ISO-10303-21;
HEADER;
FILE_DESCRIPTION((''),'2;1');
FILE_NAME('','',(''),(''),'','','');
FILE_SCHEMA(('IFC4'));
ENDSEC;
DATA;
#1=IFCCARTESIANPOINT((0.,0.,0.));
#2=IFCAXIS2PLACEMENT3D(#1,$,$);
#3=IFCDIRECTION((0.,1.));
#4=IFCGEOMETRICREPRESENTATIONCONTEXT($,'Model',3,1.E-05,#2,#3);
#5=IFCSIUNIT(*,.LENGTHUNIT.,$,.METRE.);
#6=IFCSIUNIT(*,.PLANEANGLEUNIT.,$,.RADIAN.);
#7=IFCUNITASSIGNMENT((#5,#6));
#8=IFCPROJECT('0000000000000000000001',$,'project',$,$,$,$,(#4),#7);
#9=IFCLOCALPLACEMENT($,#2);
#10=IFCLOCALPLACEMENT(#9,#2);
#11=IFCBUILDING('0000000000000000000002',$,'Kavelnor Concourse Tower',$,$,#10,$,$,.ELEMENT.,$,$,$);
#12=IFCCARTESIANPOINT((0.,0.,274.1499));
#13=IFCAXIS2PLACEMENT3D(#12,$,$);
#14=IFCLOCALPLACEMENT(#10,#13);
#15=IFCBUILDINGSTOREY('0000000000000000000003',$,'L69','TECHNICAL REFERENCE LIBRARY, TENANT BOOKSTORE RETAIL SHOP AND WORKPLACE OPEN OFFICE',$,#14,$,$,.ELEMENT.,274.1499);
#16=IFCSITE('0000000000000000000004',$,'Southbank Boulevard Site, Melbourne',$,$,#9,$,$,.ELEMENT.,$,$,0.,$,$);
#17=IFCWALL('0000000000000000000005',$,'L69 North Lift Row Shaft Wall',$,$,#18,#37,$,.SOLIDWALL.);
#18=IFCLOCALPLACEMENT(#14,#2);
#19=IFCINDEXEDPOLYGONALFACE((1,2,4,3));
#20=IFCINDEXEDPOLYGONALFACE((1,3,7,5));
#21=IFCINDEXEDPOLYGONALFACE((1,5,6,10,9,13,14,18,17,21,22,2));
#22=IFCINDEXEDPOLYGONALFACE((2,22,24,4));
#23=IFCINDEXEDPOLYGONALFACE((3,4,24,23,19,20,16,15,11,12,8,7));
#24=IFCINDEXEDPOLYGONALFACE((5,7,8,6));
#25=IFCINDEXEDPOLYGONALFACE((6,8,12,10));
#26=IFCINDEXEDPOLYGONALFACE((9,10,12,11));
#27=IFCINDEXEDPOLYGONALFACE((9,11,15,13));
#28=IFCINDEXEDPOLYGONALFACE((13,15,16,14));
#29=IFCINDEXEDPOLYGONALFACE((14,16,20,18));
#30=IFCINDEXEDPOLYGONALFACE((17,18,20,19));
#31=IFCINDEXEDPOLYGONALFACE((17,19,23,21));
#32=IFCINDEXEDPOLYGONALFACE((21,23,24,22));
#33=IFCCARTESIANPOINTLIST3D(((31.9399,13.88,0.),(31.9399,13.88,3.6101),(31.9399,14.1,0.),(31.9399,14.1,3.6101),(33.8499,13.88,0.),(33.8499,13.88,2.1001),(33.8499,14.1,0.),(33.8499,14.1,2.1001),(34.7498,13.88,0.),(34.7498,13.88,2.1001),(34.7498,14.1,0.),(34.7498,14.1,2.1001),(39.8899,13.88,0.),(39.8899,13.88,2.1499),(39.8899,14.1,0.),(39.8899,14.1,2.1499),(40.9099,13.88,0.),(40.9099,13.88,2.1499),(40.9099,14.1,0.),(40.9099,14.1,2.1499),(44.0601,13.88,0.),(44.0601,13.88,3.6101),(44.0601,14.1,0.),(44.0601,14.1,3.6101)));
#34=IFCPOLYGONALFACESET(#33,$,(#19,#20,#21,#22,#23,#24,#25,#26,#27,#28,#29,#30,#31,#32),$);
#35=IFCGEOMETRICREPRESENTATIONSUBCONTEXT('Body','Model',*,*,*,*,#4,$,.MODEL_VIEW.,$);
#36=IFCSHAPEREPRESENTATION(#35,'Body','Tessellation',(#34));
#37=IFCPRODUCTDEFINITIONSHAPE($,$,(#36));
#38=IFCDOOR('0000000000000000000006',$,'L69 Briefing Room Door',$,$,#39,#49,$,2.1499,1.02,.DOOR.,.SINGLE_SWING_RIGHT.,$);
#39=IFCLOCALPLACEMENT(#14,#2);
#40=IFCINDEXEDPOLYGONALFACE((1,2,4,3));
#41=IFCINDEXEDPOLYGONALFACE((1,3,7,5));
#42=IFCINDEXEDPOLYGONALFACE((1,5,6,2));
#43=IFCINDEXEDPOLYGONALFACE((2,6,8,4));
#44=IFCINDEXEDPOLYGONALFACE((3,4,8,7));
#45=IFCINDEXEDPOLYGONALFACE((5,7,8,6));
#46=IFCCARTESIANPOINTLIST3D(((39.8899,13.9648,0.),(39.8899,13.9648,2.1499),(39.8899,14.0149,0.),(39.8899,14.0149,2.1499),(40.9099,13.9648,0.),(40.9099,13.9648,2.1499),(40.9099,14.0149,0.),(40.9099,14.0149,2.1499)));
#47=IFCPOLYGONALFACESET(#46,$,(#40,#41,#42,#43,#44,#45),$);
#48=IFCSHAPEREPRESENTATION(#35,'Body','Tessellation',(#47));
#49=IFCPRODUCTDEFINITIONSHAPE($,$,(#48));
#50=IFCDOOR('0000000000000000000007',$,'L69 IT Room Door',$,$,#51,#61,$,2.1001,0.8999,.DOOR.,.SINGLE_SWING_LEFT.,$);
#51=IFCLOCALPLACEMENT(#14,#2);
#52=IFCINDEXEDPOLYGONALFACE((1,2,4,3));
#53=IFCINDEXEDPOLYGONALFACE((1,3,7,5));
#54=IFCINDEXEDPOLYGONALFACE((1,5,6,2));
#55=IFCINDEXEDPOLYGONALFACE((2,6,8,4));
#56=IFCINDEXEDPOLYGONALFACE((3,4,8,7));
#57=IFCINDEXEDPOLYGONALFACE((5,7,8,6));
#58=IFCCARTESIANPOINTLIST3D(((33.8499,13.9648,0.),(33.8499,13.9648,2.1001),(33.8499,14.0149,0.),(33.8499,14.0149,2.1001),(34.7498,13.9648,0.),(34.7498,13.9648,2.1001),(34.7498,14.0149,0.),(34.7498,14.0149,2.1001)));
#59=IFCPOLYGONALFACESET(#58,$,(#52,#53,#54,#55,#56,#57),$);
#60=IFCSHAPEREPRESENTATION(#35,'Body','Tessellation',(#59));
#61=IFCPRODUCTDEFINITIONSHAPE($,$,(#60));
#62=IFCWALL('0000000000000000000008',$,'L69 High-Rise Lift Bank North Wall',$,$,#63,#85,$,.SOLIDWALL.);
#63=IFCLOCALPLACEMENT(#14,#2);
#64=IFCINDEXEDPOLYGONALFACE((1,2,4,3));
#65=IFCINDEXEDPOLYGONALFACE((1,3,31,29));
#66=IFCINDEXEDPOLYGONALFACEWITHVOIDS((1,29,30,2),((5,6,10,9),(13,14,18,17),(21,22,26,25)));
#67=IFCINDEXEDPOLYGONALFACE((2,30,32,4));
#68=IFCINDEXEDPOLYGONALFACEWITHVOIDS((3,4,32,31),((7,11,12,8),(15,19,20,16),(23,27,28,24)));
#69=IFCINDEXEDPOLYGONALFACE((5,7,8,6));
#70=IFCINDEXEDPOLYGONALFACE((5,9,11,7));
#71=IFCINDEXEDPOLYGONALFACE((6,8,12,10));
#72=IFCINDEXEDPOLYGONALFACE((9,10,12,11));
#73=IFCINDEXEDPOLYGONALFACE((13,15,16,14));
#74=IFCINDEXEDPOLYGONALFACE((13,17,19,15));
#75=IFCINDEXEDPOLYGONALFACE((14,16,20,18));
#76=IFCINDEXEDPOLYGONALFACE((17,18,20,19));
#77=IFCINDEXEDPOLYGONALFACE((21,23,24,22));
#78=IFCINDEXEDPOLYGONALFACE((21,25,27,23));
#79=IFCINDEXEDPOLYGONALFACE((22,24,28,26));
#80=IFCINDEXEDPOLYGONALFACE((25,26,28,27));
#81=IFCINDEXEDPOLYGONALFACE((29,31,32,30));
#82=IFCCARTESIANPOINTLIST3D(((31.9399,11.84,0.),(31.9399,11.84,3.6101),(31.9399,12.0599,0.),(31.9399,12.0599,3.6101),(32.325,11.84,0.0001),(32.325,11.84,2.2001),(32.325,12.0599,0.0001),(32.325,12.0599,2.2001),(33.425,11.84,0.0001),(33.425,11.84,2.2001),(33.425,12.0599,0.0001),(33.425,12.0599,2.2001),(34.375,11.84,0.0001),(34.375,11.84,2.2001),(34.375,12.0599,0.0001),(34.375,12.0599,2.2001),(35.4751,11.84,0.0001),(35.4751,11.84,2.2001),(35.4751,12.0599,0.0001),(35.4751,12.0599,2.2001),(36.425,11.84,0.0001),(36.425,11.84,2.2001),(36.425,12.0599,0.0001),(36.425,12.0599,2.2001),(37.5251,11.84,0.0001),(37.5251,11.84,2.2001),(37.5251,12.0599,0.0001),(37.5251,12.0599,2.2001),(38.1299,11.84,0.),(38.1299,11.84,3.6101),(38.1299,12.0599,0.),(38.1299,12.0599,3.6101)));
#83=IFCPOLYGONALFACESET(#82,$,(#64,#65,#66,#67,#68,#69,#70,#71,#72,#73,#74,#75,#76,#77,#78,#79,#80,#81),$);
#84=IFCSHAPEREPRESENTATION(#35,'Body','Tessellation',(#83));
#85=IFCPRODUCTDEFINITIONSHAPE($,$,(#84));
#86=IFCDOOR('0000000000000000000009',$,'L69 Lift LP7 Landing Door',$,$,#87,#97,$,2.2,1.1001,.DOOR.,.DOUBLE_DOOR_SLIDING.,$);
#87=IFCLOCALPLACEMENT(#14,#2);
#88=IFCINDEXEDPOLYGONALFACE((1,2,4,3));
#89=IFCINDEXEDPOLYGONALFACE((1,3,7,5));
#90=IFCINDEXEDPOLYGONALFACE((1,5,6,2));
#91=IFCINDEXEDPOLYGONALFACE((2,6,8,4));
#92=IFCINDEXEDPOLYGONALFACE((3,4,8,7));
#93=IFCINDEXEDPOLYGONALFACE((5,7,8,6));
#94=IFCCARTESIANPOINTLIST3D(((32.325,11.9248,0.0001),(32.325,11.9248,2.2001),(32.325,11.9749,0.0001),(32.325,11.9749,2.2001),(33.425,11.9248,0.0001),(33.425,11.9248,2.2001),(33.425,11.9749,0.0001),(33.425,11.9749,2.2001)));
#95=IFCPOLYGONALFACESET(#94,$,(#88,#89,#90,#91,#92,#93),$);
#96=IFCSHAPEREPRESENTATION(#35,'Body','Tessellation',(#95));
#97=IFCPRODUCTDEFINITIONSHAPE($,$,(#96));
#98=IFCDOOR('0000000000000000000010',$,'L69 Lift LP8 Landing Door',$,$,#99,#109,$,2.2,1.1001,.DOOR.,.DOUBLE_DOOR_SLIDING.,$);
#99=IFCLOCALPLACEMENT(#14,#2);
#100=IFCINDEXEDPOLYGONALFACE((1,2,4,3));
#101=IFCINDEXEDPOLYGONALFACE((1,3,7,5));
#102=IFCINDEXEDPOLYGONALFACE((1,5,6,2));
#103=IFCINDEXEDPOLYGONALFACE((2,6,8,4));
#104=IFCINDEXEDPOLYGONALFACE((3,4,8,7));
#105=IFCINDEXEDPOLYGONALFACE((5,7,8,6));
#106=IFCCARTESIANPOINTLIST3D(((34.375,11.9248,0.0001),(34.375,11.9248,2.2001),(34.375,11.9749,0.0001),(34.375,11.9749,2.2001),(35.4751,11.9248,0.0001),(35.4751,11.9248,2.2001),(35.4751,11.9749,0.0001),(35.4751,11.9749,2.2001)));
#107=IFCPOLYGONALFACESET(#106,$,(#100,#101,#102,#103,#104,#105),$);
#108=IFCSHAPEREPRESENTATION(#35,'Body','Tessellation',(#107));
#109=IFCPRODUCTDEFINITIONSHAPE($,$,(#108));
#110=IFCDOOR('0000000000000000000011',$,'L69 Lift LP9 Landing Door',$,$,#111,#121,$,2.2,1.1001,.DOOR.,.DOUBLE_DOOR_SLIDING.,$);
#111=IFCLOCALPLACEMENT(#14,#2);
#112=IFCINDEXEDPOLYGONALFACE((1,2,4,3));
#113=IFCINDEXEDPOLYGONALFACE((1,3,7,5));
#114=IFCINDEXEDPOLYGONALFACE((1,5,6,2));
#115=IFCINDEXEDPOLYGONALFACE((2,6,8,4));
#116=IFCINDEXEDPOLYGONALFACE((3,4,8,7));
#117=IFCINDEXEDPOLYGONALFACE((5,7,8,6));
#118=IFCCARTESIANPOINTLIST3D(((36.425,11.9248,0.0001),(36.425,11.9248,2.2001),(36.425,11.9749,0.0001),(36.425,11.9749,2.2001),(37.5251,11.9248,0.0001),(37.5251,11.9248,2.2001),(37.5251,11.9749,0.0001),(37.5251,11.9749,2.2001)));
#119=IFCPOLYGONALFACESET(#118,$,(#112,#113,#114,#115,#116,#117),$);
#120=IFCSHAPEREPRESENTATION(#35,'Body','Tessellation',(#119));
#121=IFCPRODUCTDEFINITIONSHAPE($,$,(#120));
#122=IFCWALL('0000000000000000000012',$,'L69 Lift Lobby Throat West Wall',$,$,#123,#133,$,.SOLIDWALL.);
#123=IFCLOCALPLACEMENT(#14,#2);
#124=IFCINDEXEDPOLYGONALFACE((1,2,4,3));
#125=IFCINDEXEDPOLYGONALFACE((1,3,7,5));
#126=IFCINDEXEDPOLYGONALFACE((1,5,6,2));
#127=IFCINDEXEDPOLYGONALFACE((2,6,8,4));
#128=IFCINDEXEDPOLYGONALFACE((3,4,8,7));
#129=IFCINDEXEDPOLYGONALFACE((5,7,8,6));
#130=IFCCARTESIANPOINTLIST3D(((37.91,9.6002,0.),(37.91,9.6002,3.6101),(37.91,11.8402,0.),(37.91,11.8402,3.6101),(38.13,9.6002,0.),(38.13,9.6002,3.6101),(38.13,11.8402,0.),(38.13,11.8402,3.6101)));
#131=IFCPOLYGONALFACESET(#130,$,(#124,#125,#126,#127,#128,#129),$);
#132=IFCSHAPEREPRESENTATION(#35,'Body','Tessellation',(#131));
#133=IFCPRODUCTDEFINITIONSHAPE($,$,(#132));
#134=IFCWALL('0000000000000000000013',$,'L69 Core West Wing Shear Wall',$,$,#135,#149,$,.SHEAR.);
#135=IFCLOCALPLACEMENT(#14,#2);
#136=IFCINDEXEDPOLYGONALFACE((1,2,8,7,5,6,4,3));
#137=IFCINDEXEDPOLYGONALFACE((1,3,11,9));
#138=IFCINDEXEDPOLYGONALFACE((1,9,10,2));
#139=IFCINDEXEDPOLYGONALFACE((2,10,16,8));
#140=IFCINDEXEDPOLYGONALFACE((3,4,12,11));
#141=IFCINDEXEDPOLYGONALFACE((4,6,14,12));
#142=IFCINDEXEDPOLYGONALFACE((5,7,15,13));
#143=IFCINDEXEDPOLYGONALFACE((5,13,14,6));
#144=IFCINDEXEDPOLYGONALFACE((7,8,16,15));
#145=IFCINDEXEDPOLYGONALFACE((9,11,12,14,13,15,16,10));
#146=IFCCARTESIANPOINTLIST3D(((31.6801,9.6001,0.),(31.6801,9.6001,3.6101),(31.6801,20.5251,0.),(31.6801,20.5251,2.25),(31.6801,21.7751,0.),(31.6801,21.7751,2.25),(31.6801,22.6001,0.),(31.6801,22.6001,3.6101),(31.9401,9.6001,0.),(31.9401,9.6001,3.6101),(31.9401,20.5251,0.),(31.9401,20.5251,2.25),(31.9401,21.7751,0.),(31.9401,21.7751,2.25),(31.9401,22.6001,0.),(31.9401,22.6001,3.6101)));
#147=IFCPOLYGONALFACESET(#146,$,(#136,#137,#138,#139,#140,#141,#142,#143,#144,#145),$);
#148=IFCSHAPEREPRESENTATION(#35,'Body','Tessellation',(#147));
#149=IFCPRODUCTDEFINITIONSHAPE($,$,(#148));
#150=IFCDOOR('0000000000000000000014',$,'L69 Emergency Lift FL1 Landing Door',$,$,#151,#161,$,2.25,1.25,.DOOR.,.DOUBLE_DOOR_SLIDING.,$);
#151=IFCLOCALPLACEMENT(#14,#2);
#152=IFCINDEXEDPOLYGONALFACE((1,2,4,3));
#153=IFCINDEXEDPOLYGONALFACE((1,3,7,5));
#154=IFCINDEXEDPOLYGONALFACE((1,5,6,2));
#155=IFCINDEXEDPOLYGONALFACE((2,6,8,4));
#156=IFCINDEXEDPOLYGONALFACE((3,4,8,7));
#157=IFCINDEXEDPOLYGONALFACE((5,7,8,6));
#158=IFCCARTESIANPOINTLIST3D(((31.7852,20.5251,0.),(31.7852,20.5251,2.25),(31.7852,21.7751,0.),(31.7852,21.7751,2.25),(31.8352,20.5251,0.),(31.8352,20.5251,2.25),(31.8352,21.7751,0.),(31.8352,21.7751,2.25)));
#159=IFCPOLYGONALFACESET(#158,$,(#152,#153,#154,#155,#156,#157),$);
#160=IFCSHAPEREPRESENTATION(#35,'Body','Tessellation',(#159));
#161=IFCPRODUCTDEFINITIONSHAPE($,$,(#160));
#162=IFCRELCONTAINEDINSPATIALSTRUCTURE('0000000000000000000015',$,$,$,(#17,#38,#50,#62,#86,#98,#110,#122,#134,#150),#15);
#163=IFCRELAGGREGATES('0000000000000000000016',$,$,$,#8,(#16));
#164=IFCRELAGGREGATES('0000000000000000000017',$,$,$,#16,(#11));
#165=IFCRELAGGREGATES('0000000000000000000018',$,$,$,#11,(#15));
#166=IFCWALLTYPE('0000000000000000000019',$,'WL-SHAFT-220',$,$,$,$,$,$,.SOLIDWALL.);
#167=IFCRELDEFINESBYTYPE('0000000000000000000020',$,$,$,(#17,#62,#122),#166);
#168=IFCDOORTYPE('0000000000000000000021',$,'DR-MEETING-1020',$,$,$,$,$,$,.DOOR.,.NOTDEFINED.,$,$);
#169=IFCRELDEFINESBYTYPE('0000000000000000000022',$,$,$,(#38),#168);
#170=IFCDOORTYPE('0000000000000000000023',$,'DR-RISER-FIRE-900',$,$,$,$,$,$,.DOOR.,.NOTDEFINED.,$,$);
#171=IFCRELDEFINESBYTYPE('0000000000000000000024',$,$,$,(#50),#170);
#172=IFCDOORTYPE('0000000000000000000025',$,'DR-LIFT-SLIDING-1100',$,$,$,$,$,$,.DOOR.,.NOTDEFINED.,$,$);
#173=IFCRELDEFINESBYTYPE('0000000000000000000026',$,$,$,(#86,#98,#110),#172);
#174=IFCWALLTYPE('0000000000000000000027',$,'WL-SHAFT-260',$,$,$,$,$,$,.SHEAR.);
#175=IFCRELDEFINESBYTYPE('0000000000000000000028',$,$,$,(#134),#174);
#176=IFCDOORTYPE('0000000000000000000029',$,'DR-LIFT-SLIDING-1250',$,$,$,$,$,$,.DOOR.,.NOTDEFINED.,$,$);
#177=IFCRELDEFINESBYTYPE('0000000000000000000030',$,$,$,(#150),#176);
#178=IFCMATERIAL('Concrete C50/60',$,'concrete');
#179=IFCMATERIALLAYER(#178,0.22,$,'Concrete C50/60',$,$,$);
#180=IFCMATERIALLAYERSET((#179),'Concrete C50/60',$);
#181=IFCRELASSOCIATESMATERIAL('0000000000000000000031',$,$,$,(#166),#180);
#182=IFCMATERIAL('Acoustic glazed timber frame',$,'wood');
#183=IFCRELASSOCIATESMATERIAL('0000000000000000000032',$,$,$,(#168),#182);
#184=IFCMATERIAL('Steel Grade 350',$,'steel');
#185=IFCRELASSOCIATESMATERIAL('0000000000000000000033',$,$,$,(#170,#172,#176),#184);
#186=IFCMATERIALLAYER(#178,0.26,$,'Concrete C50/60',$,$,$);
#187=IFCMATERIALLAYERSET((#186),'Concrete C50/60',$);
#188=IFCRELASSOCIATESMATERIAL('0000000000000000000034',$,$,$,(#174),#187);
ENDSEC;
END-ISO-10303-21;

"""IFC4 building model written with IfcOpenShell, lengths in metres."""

from ifc_helpers import new_model, si_unit, direction, frame, frame_2d, origin, place, context, subcontext, project, spatial, rectangle, extrude, material, layer, layer_set, type_object, element, fill, save


model = new_model("IFC4")

# Units and contexts
model_context = context("Model", 3, precision=1e-05, world=origin(), true_north=direction((0.0, 1.0)))
body_context = subcontext(model_context, "Body", "Model", "MODEL_VIEW")
ifc_project = project(units=[si_unit("LENGTHUNIT", "METRE"), si_unit("PLANEANGLEUNIT", "RADIAN")], contexts=[model_context])

# Site, building, storey
site_placement = place(None, origin())
site = spatial("IfcSite", under=ifc_project, at=site_placement, Name="Southbank Boulevard Site, Melbourne", CompositionType="ELEMENT", RefElevation=0.0)
building_placement = place(site_placement, origin())
building = spatial("IfcBuilding", under=site, at=building_placement, Name="Kavelnor Concourse Tower", CompositionType="ELEMENT")
storey_placement = place(building_placement, frame((0.0, 0.0, 274.1499)))
storey = spatial("IfcBuildingStorey", under=building, at=storey_placement, Name="L69", Description="TECHNICAL REFERENCE LIBRARY, TENANT BOOKSTORE RETAIL SHOP AND WORKPLACE OPEN OFFICE", CompositionType="ELEMENT", Elevation=274.1499)

# Shared definitions
ifc_material_1 = material(Name="Steel Grade 350", Category="steel")

# Walls, openings, doors
ifc_material_2 = material(Name="Concrete C50/60", Category="concrete")
ifc_layer_1 = layer(ifc_material_2, 0.22, Name="Concrete C50/60")
ifc_layer_set_1 = layer_set([ifc_layer_1], Name="Concrete C50/60")
wall_type_1 = type_object("IfcWallType", Name="WL-SHAFT-220", PredefinedType="SOLIDWALL", material=ifc_layer_set_1)
wall_1_placement = place(storey_placement, frame((31.9399, 13.99, 0.0), z_axis=(0.0, 0.0, 1.0), x_axis=(1.0, 0.0, 0.0)))
wall_1 = element("IfcWall", 1, at=wall_1_placement, inside=storey, type_object=wall_type_1, Name="L69 North Lift Row Shaft Wall", PredefinedType="SOLIDWALL", context=body_context, shape_type="SweptSolid", body=[
    extrude(rectangle(XDim=12.1201, YDim=0.22, at=frame_2d((6.0601, 0.0))), origin(), (0.0, 0.0, 1.0), 3.6101),
])
opening_1_placement = place(wall_1_placement, frame((1.9099, 0.0, 0.0)))
opening_1 = element("IfcOpeningElement", 2, at=opening_1_placement, cuts=wall_1, PredefinedType="OPENING", context=body_context, shape_type="SweptSolid", body=[
    extrude(rectangle(XDim=0.8999, YDim=2.1001, at=frame_2d((0.45, 1.05))), frame((0.0, 0.1201, 0.0), z_axis=(0.0, -1.0, 0.0), x_axis=(1.0, 0.0, 0.0)), (0.0, 0.0, 1.0), 0.24),
])
opening_2_placement = place(wall_1_placement, frame((7.95, 0.0, 0.0)))
opening_2 = element("IfcOpeningElement", 3, at=opening_2_placement, cuts=wall_1, PredefinedType="OPENING", context=body_context, shape_type="SweptSolid", body=[
    extrude(rectangle(XDim=1.02, YDim=2.1499, at=frame_2d((0.51, 1.075))), frame((0.0, 0.1201, 0.0), z_axis=(0.0, -1.0, 0.0), x_axis=(1.0, 0.0, 0.0)), (0.0, 0.0, 1.0), 0.24),
])
ifc_material_3 = material(Name="Acoustic glazed timber frame", Category="wood")
door_type_1 = type_object("IfcDoorType", Name="DR-MEETING-1020", OperationType="NOTDEFINED", PredefinedType="DOOR", material=ifc_material_3)
door_1_placement = place(opening_2_placement, origin())
door_1 = element("IfcDoor", 4, at=door_1_placement, inside=storey, type_object=door_type_1, Name="L69 Briefing Room Door", OperationType="SINGLE_SWING_RIGHT", OverallHeight=2.1499, OverallWidth=1.02, PredefinedType="DOOR", context=body_context, shape_type="SweptSolid", body=[
    extrude(rectangle(XDim=1.02, YDim=2.1499, at=frame_2d((0.51, 1.075))), frame((0.0, 0.0249, 0.0), z_axis=(0.0, -1.0, 0.0), x_axis=(1.0, 0.0, 0.0)), (0.0, 0.0, 1.0), 0.05),
])
fill(opening_2, door_1)
door_type_2 = type_object("IfcDoorType", Name="DR-RISER-FIRE-900", OperationType="NOTDEFINED", PredefinedType="DOOR", material=ifc_material_1)
door_2_placement = place(opening_1_placement, origin())
door_2 = element("IfcDoor", 5, at=door_2_placement, inside=storey, type_object=door_type_2, Name="L69 IT Room Door", OperationType="SINGLE_SWING_LEFT", OverallHeight=2.1001, OverallWidth=0.8999, PredefinedType="DOOR", context=body_context, shape_type="SweptSolid", body=[
    extrude(rectangle(XDim=0.8999, YDim=2.1001, at=frame_2d((0.45, 1.05))), frame((0.0, 0.0249, 0.0), z_axis=(0.0, -1.0, 0.0), x_axis=(1.0, 0.0, 0.0)), (0.0, 0.0, 1.0), 0.05),
])
fill(opening_1, door_2)
wall_2_placement = place(storey_placement, frame((31.9399, 11.95, 0.0), z_axis=(0.0, 0.0, 1.0), x_axis=(1.0, 0.0, 0.0)))
wall_2 = element("IfcWall", 6, at=wall_2_placement, inside=storey, type_object=wall_type_1, Name="L69 High-Rise Lift Bank North Wall", PredefinedType="SOLIDWALL", context=body_context, shape_type="SweptSolid", body=[
    extrude(rectangle(XDim=6.1899, YDim=0.22, at=frame_2d((3.095, 0.0))), origin(), (0.0, 0.0, 1.0), 3.6101),
])
opening_3_placement = place(wall_2_placement, frame((0.385, 0.0, 0.0)))
opening_3 = element("IfcOpeningElement", 7, at=opening_3_placement, cuts=wall_2, PredefinedType="OPENING", context=body_context, shape_type="SweptSolid", body=[
    extrude(rectangle(XDim=1.1001, YDim=2.2, at=frame_2d((0.55, 1.1001))), frame((0.0, 0.1201, 0.0), z_axis=(0.0, -1.0, 0.0), x_axis=(1.0, 0.0, 0.0)), (0.0, 0.0, 1.0), 0.24),
])
opening_4_placement = place(wall_2_placement, frame((2.4351, 0.0, 0.0)))
opening_4 = element("IfcOpeningElement", 8, at=opening_4_placement, cuts=wall_2, PredefinedType="OPENING", context=body_context, shape_type="SweptSolid", body=[
    extrude(rectangle(XDim=1.1001, YDim=2.2, at=frame_2d((0.55, 1.1001))), frame((0.0, 0.1201, 0.0), z_axis=(0.0, -1.0, 0.0), x_axis=(1.0, 0.0, 0.0)), (0.0, 0.0, 1.0), 0.24),
])
opening_5_placement = place(wall_2_placement, frame((4.4851, 0.0, 0.0)))
opening_5 = element("IfcOpeningElement", 9, at=opening_5_placement, cuts=wall_2, PredefinedType="OPENING", context=body_context, shape_type="SweptSolid", body=[
    extrude(rectangle(XDim=1.1001, YDim=2.2, at=frame_2d((0.55, 1.1001))), frame((0.0, 0.1201, 0.0), z_axis=(0.0, -1.0, 0.0), x_axis=(1.0, 0.0, 0.0)), (0.0, 0.0, 1.0), 0.24),
])
door_type_3 = type_object("IfcDoorType", Name="DR-LIFT-SLIDING-1100", OperationType="NOTDEFINED", PredefinedType="DOOR", material=ifc_material_1)
door_3_placement = place(opening_3_placement, origin())
door_3 = element("IfcDoor", 10, at=door_3_placement, inside=storey, type_object=door_type_3, Name="L69 Lift LP7 Landing Door", OperationType="DOUBLE_DOOR_SLIDING", OverallHeight=2.2, OverallWidth=1.1001, PredefinedType="DOOR", context=body_context, shape_type="SweptSolid", body=[
    extrude(rectangle(XDim=1.1001, YDim=2.2, at=frame_2d((0.55, 1.1001))), frame((0.0, 0.0249, 0.0), z_axis=(0.0, -1.0, 0.0), x_axis=(1.0, 0.0, 0.0)), (0.0, 0.0, 1.0), 0.05),
])
fill(opening_3, door_3)
door_4_placement = place(opening_4_placement, origin())
door_4 = element("IfcDoor", 11, at=door_4_placement, inside=storey, type_object=door_type_3, Name="L69 Lift LP8 Landing Door", OperationType="DOUBLE_DOOR_SLIDING", OverallHeight=2.2, OverallWidth=1.1001, PredefinedType="DOOR", context=body_context, shape_type="SweptSolid", body=[
    extrude(rectangle(XDim=1.1001, YDim=2.2, at=frame_2d((0.55, 1.1001))), frame((0.0, 0.0249, 0.0), z_axis=(0.0, -1.0, 0.0), x_axis=(1.0, 0.0, 0.0)), (0.0, 0.0, 1.0), 0.05),
])
fill(opening_4, door_4)
door_5_placement = place(opening_5_placement, origin())
door_5 = element("IfcDoor", 12, at=door_5_placement, inside=storey, type_object=door_type_3, Name="L69 Lift LP9 Landing Door", OperationType="DOUBLE_DOOR_SLIDING", OverallHeight=2.2, OverallWidth=1.1001, PredefinedType="DOOR", context=body_context, shape_type="SweptSolid", body=[
    extrude(rectangle(XDim=1.1001, YDim=2.2, at=frame_2d((0.55, 1.1001))), frame((0.0, 0.0249, 0.0), z_axis=(0.0, -1.0, 0.0), x_axis=(1.0, 0.0, 0.0)), (0.0, 0.0, 1.0), 0.05),
])
fill(opening_5, door_5)

# Wall
wall_3_placement = place(storey_placement, frame((38.02, 9.6001, 0.0), z_axis=(0.0, 0.0, 1.0), x_axis=(0.0, 1.0, 0.0)))
element("IfcWall", 13, at=wall_3_placement, inside=storey, type_object=wall_type_1, Name="L69 Lift Lobby Throat West Wall", PredefinedType="SOLIDWALL", context=body_context, shape_type="SweptSolid", body=[
    extrude(rectangle(XDim=2.24, YDim=0.22, at=frame_2d((1.1201, 0.0))), origin(), (0.0, 0.0, 1.0), 3.6101),
])

# Wall, opening, door
ifc_layer_2 = layer(ifc_material_2, 0.26, Name="Concrete C50/60")
ifc_layer_set_2 = layer_set([ifc_layer_2], Name="Concrete C50/60")
wall_type_2 = type_object("IfcWallType", Name="WL-SHAFT-260", PredefinedType="SHEAR", material=ifc_layer_set_2)
wall_4_placement = place(storey_placement, frame((31.8101, 9.6001, 0.0), z_axis=(0.0, 0.0, 1.0), x_axis=(0.0, 1.0, 0.0)))
wall_4 = element("IfcWall", 14, at=wall_4_placement, inside=storey, type_object=wall_type_2, Name="L69 Core West Wing Shear Wall", PredefinedType="SHEAR", context=body_context, shape_type="SweptSolid", body=[
    extrude(rectangle(XDim=13.0, YDim=0.26, at=frame_2d((6.5, 0.0))), origin(), (0.0, 0.0, 1.0), 3.6101),
])
opening_6_placement = place(wall_4_placement, frame((10.925, 0.0, 0.0)))
opening_6 = element("IfcOpeningElement", 15, at=opening_6_placement, cuts=wall_4, PredefinedType="OPENING", context=body_context, shape_type="SweptSolid", body=[
    extrude(rectangle(XDim=1.25, YDim=2.25, at=frame_2d((0.625, 1.125))), frame((0.0, 0.1401, 0.0), z_axis=(0.0, -1.0, 0.0), x_axis=(1.0, 0.0, 0.0)), (0.0, 0.0, 1.0), 0.28),
])
door_type_4 = type_object("IfcDoorType", Name="DR-LIFT-SLIDING-1250", OperationType="NOTDEFINED", PredefinedType="DOOR", material=ifc_material_1)
door_6_placement = place(opening_6_placement, origin())
door_6 = element("IfcDoor", 16, at=door_6_placement, inside=storey, type_object=door_type_4, Name="L69 Emergency Lift FL1 Landing Door", OperationType="DOUBLE_DOOR_SLIDING", OverallHeight=2.25, OverallWidth=1.25, PredefinedType="DOOR", context=body_context, shape_type="SweptSolid", body=[
    extrude(rectangle(XDim=1.25, YDim=2.25, at=frame_2d((0.625, 1.125))), frame((0.0, 0.0249, 0.0), z_axis=(0.0, -1.0, 0.0), x_axis=(1.0, 0.0, 0.0)), (0.0, 0.0, 1.0), 0.05),
])
fill(opening_6, door_6)

save(model, "model.ifc")
